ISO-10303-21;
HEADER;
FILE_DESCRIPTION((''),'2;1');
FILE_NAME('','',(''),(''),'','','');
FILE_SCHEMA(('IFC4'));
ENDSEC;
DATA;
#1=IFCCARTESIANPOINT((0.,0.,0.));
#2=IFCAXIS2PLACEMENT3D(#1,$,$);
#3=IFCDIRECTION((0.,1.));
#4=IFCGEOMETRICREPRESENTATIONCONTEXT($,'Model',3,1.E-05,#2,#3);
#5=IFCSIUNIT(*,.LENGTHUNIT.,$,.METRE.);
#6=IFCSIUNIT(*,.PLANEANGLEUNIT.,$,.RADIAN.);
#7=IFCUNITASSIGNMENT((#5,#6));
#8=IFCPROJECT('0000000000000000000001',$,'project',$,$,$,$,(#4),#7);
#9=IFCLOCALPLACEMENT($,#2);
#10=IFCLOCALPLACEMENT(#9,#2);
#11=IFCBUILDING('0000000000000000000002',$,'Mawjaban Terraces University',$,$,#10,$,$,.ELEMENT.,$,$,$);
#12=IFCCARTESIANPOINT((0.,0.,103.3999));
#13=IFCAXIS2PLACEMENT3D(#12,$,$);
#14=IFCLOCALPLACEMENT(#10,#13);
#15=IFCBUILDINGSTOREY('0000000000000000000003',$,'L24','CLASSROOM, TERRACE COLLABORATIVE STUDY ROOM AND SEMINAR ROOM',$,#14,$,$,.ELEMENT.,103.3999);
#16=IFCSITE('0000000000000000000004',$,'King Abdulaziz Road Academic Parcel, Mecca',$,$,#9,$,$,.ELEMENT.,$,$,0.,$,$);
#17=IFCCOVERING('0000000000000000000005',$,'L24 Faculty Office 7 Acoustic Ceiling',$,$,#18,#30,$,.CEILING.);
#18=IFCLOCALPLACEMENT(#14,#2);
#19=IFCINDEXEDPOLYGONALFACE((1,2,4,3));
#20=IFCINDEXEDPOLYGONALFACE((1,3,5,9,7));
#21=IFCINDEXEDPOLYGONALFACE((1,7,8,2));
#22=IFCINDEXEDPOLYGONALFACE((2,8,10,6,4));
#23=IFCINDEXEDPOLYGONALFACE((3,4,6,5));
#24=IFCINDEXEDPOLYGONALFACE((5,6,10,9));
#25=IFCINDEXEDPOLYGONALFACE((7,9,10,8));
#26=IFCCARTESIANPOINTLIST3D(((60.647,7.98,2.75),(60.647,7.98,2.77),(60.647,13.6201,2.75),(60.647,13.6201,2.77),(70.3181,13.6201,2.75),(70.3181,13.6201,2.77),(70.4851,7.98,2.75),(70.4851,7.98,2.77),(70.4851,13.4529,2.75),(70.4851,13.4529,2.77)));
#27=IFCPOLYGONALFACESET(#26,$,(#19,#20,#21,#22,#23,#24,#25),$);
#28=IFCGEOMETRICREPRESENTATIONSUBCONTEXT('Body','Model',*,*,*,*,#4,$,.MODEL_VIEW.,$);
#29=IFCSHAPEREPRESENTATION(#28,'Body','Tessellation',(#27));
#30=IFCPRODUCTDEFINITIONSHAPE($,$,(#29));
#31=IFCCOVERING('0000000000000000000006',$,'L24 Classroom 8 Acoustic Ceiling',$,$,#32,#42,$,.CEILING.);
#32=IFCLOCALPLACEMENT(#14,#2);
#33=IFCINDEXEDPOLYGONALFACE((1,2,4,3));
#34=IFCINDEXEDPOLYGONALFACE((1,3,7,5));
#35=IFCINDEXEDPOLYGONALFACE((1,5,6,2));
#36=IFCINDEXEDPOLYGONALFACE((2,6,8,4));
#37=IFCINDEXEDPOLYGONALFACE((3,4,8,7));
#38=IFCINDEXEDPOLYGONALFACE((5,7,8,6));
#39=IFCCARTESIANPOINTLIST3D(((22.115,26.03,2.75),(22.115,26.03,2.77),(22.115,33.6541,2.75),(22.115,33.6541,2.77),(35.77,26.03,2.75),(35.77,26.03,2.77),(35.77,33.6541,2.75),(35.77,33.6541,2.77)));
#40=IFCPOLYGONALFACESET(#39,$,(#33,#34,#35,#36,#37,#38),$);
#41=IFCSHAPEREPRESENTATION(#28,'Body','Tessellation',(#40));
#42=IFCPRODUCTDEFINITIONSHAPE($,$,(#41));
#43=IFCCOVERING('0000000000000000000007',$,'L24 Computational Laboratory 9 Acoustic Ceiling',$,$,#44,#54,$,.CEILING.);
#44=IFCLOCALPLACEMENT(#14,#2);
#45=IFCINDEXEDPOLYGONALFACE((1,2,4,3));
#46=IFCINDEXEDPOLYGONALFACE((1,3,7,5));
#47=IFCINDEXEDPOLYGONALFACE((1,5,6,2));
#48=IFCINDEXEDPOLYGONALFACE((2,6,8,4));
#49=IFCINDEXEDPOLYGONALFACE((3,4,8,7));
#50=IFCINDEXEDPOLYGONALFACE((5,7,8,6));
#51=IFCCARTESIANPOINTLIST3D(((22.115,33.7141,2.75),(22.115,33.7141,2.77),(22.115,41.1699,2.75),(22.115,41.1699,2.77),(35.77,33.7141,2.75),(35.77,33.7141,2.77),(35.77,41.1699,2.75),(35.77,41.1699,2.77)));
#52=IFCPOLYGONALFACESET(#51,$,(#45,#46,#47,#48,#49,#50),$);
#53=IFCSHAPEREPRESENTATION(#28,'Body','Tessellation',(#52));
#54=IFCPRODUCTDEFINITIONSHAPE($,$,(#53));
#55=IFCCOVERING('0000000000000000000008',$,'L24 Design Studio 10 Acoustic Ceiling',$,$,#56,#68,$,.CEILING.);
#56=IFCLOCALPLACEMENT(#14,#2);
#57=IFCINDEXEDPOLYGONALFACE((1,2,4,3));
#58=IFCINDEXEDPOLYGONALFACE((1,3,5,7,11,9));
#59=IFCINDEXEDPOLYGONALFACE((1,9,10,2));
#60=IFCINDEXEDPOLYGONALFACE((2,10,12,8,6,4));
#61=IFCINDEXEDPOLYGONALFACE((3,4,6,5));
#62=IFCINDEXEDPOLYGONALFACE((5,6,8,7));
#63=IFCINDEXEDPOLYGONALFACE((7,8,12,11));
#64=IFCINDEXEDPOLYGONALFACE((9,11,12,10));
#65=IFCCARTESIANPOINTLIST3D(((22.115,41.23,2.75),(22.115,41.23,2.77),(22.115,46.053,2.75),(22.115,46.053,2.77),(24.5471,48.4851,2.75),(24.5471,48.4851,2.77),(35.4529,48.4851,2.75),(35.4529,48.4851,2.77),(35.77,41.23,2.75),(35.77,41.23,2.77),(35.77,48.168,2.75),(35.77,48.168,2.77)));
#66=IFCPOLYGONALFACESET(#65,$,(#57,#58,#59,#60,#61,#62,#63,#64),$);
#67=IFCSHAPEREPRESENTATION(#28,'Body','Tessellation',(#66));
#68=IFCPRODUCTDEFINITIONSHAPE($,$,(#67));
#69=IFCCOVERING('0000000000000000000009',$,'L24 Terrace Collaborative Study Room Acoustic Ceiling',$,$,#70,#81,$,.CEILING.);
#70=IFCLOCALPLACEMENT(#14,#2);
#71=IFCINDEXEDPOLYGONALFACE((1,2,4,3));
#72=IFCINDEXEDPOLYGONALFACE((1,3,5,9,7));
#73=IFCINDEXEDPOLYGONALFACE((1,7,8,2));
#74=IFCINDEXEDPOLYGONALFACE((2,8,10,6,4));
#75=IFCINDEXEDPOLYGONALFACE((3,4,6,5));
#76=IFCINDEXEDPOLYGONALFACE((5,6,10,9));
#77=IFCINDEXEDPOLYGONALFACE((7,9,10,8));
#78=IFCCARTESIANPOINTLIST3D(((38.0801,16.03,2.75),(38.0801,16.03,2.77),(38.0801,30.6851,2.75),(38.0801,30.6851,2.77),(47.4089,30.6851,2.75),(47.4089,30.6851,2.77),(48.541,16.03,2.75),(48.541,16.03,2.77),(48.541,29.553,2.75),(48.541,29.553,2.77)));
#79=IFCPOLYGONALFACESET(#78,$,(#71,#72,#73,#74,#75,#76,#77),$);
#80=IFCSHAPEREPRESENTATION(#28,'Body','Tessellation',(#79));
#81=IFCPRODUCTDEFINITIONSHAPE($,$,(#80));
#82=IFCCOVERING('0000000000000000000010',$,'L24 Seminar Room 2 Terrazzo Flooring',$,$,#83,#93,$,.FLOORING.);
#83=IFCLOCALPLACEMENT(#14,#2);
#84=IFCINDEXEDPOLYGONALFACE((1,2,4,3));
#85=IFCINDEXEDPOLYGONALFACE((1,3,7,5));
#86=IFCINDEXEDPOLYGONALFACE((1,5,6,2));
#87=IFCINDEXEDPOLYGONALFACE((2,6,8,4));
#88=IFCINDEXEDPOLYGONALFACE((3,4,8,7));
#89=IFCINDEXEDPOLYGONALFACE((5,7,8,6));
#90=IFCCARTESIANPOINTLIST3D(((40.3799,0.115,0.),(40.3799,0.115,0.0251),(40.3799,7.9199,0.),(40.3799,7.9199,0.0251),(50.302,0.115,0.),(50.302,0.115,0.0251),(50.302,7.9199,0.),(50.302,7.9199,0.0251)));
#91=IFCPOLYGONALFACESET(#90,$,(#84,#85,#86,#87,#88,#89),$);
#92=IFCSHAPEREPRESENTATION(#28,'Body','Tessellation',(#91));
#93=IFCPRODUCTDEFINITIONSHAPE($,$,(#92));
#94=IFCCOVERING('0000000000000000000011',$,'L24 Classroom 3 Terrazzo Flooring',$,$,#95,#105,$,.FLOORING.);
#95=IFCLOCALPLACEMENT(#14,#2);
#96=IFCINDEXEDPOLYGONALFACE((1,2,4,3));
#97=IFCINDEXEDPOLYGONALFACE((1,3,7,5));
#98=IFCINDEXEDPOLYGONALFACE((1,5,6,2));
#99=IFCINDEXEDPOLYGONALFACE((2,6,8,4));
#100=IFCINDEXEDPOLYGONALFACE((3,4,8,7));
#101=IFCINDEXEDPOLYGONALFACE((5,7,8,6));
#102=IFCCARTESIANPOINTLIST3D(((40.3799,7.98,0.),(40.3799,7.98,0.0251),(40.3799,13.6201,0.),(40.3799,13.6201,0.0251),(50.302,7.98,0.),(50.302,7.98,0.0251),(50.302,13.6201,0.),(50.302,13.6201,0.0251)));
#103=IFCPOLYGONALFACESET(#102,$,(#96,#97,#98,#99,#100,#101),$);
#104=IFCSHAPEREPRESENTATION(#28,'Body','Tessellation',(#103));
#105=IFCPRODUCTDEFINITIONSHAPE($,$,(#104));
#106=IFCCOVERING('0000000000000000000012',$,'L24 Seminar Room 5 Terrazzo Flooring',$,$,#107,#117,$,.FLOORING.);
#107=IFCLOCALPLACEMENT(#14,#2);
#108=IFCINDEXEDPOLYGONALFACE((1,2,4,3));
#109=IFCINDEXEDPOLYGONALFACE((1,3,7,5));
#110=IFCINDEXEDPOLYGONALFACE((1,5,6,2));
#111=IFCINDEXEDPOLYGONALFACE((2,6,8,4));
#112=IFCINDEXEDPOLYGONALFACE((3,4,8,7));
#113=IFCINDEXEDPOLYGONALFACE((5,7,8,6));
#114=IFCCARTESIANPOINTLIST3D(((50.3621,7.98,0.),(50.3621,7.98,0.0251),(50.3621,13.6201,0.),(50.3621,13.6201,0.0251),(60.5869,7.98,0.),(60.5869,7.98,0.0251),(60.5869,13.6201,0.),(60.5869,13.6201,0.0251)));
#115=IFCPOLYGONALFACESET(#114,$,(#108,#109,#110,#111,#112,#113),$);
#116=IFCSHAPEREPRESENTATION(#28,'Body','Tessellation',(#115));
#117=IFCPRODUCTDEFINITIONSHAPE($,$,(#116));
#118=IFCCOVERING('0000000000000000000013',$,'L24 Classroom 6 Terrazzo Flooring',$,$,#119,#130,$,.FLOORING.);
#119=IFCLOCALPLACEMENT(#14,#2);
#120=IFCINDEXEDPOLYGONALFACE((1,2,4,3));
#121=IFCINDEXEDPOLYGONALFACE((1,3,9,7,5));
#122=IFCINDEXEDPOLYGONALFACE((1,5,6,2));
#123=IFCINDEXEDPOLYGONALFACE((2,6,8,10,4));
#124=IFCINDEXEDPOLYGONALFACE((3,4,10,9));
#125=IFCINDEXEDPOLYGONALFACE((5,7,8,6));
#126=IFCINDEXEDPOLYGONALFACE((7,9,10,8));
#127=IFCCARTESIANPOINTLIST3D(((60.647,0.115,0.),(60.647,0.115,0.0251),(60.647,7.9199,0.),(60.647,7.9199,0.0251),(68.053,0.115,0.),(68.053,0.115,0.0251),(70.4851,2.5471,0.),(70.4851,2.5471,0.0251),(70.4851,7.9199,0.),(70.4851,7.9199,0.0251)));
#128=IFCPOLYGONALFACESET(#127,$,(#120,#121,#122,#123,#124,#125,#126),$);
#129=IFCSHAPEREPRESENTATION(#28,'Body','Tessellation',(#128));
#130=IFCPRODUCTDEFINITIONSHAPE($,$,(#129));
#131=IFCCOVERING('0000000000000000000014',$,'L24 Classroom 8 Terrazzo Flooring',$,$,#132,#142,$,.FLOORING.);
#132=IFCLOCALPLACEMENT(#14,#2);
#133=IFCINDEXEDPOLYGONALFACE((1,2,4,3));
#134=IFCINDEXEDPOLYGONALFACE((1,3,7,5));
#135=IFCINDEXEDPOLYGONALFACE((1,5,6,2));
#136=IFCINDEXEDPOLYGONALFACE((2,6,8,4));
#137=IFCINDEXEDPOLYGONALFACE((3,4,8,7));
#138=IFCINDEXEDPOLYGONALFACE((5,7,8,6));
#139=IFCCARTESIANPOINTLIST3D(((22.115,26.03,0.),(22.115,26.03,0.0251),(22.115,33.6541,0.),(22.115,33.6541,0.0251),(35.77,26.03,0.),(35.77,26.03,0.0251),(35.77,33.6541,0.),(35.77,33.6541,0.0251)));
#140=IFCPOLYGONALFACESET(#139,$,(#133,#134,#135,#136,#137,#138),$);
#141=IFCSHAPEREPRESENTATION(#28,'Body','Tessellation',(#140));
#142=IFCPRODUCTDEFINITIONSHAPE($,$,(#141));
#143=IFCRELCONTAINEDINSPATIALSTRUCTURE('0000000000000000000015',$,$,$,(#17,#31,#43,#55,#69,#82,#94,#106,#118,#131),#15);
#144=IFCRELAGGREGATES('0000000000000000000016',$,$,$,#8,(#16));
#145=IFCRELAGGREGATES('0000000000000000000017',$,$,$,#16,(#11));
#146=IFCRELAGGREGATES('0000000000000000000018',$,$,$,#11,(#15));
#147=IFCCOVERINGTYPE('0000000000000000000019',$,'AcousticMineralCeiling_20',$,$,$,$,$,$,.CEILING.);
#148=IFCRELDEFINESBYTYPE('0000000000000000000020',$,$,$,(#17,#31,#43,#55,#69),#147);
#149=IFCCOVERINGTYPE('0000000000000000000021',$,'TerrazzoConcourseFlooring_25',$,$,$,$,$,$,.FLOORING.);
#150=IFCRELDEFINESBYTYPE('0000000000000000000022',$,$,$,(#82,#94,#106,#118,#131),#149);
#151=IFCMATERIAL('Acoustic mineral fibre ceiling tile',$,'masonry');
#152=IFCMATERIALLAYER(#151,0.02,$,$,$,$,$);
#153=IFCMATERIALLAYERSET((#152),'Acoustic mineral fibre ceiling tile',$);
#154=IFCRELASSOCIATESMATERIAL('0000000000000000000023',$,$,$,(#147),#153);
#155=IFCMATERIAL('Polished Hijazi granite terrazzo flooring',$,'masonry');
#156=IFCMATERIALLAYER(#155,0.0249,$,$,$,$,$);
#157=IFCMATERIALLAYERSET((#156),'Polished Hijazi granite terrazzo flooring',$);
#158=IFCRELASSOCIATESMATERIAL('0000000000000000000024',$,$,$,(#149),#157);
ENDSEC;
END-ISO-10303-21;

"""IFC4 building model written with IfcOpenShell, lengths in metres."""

from ifc_helpers import new_model, si_unit, direction, frame, origin, place, context, subcontext, project, spatial, polyline, outline, extrude, material, layer, layer_set, type_object, element, save


model = new_model("IFC4")

# Units and contexts
model_context = context("Model", 3, precision=1e-05, world=origin(), true_north=direction((0.0, 1.0)))
body_context = subcontext(model_context, "Body", "Model", "MODEL_VIEW")
ifc_project = project(units=[si_unit("LENGTHUNIT", "METRE"), si_unit("PLANEANGLEUNIT", "RADIAN")], contexts=[model_context])

# Site, building, storey
site_placement = place(None, origin())
site = spatial("IfcSite", under=ifc_project, at=site_placement, Name="King Abdulaziz Road Academic Parcel, Mecca", CompositionType="ELEMENT", RefElevation=0.0)
building_placement = place(site_placement, origin())
building = spatial("IfcBuilding", under=site, at=building_placement, Name="Mawjaban Terraces University", CompositionType="ELEMENT")
storey_placement = place(building_placement, frame((0.0, 0.0, 103.3999)))
storey = spatial("IfcBuildingStorey", under=building, at=storey_placement, Name="L24", Description="CLASSROOM, TERRACE COLLABORATIVE STUDY ROOM AND SEMINAR ROOM", CompositionType="ELEMENT", Elevation=103.3999)

# Coverings
ifc_material_1 = material(Name="Acoustic mineral fibre ceiling tile", Category="masonry")
ifc_layer_1 = layer(ifc_material_1, 0.02)
ifc_layer_set_1 = layer_set([ifc_layer_1], Name="Acoustic mineral fibre ceiling tile")
covering_type_1 = type_object("IfcCoveringType", Name="AcousticMineralCeiling_20", PredefinedType="CEILING", material=ifc_layer_set_1)
covering_1_placement = place(storey_placement, frame((0.0, 0.0, 2.75)))
element("IfcCovering", 1, at=covering_1_placement, inside=storey, type_object=covering_type_1, Name="L24 Faculty Office 7 Acoustic Ceiling", PredefinedType="CEILING", context=body_context, shape_type="SweptSolid", body=[
    extrude(outline(polyline([(70.4851, 7.98), (70.4851, 13.4529), (70.3181, 13.6201), (60.647, 13.6201), (60.647, 7.98), (70.4851, 7.98)])), origin(), (0.0, 0.0, 1.0), 0.02),
])
covering_2_placement = place(storey_placement, frame((0.0, 0.0, 2.75)))
element("IfcCovering", 2, at=covering_2_placement, inside=storey, type_object=covering_type_1, Name="L24 Classroom 8 Acoustic Ceiling", PredefinedType="CEILING", context=body_context, shape_type="SweptSolid", body=[
    extrude(outline(polyline([(22.115, 33.6541), (22.115, 26.03), (35.77, 26.03), (35.77, 33.6541), (22.115, 33.6541)])), origin(), (0.0, 0.0, 1.0), 0.02),
])
covering_3_placement = place(storey_placement, frame((0.0, 0.0, 2.75)))
element("IfcCovering", 3, at=covering_3_placement, inside=storey, type_object=covering_type_1, Name="L24 Computational Laboratory 9 Acoustic Ceiling", PredefinedType="CEILING", context=body_context, shape_type="SweptSolid", body=[
    extrude(outline(polyline([(22.115, 41.1699), (22.115, 33.7141), (35.77, 33.7141), (35.77, 41.1699), (22.115, 41.1699)])), origin(), (0.0, 0.0, 1.0), 0.02),
])
covering_4_placement = place(storey_placement, frame((0.0, 0.0, 2.75)))
element("IfcCovering", 4, at=covering_4_placement, inside=storey, type_object=covering_type_1, Name="L24 Design Studio 10 Acoustic Ceiling", PredefinedType="CEILING", context=body_context, shape_type="SweptSolid", body=[
    extrude(outline(polyline([(35.77, 48.168), (35.4529, 48.4851), (24.5471, 48.4851), (22.115, 46.053), (22.115, 41.23), (35.77, 41.23), (35.77, 48.168)])), origin(), (0.0, 0.0, 1.0), 0.02),
])
covering_5_placement = place(storey_placement, frame((0.0, 0.0, 2.75)))
element("IfcCovering", 5, at=covering_5_placement, inside=storey, type_object=covering_type_1, Name="L24 Terrace Collaborative Study Room Acoustic Ceiling", PredefinedType="CEILING", context=body_context, shape_type="SweptSolid", body=[
    extrude(outline(polyline([(48.541, 16.03), (48.541, 29.553), (47.4089, 30.6851), (38.0801, 30.6851), (38.0801, 16.03), (48.541, 16.03)])), origin(), (0.0, 0.0, 1.0), 0.02),
])
ifc_material_2 = material(Name="Polished Hijazi granite terrazzo flooring", Category="masonry")
ifc_layer_2 = layer(ifc_material_2, 0.0249)
ifc_layer_set_2 = layer_set([ifc_layer_2], Name="Polished Hijazi granite terrazzo flooring")
covering_type_2 = type_object("IfcCoveringType", Name="TerrazzoConcourseFlooring_25", PredefinedType="FLOORING", material=ifc_layer_set_2)
covering_6_placement = place(storey_placement, origin())
element("IfcCovering", 6, at=covering_6_placement, inside=storey, type_object=covering_type_2, Name="L24 Seminar Room 2 Terrazzo Flooring", PredefinedType="FLOORING", context=body_context, shape_type="SweptSolid", body=[
    extrude(outline(polyline([(40.3799, 0.115), (50.302, 0.115), (50.302, 7.9199), (40.3799, 7.9199), (40.3799, 0.115)])), origin(), (0.0, 0.0, 1.0), 0.0251),
])
covering_7_placement = place(storey_placement, origin())
element("IfcCovering", 7, at=covering_7_placement, inside=storey, type_object=covering_type_2, Name="L24 Classroom 3 Terrazzo Flooring", PredefinedType="FLOORING", context=body_context, shape_type="SweptSolid", body=[
    extrude(outline(polyline([(50.302, 7.98), (50.302, 13.6201), (40.3799, 13.6201), (40.3799, 7.98), (50.302, 7.98)])), origin(), (0.0, 0.0, 1.0), 0.0251),
])
covering_8_placement = place(storey_placement, origin())
element("IfcCovering", 8, at=covering_8_placement, inside=storey, type_object=covering_type_2, Name="L24 Seminar Room 5 Terrazzo Flooring", PredefinedType="FLOORING", context=body_context, shape_type="SweptSolid", body=[
    extrude(outline(polyline([(60.5869, 7.98), (60.5869, 13.6201), (50.3621, 13.6201), (50.3621, 7.98), (60.5869, 7.98)])), origin(), (0.0, 0.0, 1.0), 0.0251),
])
covering_9_placement = place(storey_placement, origin())
element("IfcCovering", 9, at=covering_9_placement, inside=storey, type_object=covering_type_2, Name="L24 Classroom 6 Terrazzo Flooring", PredefinedType="FLOORING", context=body_context, shape_type="SweptSolid", body=[
    extrude(outline(polyline([(60.647, 0.115), (68.053, 0.115), (70.4851, 2.5471), (70.4851, 7.9199), (60.647, 7.9199), (60.647, 0.115)])), origin(), (0.0, 0.0, 1.0), 0.0251),
])
covering_10_placement = place(storey_placement, origin())
element("IfcCovering", 10, at=covering_10_placement, inside=storey, type_object=covering_type_2, Name="L24 Classroom 8 Terrazzo Flooring", PredefinedType="FLOORING", context=body_context, shape_type="SweptSolid", body=[
    extrude(outline(polyline([(22.115, 33.6541), (22.115, 26.03), (35.77, 26.03), (35.77, 33.6541), (22.115, 33.6541)])), origin(), (0.0, 0.0, 1.0), 0.0251),
])

save(model, "model.ifc")
